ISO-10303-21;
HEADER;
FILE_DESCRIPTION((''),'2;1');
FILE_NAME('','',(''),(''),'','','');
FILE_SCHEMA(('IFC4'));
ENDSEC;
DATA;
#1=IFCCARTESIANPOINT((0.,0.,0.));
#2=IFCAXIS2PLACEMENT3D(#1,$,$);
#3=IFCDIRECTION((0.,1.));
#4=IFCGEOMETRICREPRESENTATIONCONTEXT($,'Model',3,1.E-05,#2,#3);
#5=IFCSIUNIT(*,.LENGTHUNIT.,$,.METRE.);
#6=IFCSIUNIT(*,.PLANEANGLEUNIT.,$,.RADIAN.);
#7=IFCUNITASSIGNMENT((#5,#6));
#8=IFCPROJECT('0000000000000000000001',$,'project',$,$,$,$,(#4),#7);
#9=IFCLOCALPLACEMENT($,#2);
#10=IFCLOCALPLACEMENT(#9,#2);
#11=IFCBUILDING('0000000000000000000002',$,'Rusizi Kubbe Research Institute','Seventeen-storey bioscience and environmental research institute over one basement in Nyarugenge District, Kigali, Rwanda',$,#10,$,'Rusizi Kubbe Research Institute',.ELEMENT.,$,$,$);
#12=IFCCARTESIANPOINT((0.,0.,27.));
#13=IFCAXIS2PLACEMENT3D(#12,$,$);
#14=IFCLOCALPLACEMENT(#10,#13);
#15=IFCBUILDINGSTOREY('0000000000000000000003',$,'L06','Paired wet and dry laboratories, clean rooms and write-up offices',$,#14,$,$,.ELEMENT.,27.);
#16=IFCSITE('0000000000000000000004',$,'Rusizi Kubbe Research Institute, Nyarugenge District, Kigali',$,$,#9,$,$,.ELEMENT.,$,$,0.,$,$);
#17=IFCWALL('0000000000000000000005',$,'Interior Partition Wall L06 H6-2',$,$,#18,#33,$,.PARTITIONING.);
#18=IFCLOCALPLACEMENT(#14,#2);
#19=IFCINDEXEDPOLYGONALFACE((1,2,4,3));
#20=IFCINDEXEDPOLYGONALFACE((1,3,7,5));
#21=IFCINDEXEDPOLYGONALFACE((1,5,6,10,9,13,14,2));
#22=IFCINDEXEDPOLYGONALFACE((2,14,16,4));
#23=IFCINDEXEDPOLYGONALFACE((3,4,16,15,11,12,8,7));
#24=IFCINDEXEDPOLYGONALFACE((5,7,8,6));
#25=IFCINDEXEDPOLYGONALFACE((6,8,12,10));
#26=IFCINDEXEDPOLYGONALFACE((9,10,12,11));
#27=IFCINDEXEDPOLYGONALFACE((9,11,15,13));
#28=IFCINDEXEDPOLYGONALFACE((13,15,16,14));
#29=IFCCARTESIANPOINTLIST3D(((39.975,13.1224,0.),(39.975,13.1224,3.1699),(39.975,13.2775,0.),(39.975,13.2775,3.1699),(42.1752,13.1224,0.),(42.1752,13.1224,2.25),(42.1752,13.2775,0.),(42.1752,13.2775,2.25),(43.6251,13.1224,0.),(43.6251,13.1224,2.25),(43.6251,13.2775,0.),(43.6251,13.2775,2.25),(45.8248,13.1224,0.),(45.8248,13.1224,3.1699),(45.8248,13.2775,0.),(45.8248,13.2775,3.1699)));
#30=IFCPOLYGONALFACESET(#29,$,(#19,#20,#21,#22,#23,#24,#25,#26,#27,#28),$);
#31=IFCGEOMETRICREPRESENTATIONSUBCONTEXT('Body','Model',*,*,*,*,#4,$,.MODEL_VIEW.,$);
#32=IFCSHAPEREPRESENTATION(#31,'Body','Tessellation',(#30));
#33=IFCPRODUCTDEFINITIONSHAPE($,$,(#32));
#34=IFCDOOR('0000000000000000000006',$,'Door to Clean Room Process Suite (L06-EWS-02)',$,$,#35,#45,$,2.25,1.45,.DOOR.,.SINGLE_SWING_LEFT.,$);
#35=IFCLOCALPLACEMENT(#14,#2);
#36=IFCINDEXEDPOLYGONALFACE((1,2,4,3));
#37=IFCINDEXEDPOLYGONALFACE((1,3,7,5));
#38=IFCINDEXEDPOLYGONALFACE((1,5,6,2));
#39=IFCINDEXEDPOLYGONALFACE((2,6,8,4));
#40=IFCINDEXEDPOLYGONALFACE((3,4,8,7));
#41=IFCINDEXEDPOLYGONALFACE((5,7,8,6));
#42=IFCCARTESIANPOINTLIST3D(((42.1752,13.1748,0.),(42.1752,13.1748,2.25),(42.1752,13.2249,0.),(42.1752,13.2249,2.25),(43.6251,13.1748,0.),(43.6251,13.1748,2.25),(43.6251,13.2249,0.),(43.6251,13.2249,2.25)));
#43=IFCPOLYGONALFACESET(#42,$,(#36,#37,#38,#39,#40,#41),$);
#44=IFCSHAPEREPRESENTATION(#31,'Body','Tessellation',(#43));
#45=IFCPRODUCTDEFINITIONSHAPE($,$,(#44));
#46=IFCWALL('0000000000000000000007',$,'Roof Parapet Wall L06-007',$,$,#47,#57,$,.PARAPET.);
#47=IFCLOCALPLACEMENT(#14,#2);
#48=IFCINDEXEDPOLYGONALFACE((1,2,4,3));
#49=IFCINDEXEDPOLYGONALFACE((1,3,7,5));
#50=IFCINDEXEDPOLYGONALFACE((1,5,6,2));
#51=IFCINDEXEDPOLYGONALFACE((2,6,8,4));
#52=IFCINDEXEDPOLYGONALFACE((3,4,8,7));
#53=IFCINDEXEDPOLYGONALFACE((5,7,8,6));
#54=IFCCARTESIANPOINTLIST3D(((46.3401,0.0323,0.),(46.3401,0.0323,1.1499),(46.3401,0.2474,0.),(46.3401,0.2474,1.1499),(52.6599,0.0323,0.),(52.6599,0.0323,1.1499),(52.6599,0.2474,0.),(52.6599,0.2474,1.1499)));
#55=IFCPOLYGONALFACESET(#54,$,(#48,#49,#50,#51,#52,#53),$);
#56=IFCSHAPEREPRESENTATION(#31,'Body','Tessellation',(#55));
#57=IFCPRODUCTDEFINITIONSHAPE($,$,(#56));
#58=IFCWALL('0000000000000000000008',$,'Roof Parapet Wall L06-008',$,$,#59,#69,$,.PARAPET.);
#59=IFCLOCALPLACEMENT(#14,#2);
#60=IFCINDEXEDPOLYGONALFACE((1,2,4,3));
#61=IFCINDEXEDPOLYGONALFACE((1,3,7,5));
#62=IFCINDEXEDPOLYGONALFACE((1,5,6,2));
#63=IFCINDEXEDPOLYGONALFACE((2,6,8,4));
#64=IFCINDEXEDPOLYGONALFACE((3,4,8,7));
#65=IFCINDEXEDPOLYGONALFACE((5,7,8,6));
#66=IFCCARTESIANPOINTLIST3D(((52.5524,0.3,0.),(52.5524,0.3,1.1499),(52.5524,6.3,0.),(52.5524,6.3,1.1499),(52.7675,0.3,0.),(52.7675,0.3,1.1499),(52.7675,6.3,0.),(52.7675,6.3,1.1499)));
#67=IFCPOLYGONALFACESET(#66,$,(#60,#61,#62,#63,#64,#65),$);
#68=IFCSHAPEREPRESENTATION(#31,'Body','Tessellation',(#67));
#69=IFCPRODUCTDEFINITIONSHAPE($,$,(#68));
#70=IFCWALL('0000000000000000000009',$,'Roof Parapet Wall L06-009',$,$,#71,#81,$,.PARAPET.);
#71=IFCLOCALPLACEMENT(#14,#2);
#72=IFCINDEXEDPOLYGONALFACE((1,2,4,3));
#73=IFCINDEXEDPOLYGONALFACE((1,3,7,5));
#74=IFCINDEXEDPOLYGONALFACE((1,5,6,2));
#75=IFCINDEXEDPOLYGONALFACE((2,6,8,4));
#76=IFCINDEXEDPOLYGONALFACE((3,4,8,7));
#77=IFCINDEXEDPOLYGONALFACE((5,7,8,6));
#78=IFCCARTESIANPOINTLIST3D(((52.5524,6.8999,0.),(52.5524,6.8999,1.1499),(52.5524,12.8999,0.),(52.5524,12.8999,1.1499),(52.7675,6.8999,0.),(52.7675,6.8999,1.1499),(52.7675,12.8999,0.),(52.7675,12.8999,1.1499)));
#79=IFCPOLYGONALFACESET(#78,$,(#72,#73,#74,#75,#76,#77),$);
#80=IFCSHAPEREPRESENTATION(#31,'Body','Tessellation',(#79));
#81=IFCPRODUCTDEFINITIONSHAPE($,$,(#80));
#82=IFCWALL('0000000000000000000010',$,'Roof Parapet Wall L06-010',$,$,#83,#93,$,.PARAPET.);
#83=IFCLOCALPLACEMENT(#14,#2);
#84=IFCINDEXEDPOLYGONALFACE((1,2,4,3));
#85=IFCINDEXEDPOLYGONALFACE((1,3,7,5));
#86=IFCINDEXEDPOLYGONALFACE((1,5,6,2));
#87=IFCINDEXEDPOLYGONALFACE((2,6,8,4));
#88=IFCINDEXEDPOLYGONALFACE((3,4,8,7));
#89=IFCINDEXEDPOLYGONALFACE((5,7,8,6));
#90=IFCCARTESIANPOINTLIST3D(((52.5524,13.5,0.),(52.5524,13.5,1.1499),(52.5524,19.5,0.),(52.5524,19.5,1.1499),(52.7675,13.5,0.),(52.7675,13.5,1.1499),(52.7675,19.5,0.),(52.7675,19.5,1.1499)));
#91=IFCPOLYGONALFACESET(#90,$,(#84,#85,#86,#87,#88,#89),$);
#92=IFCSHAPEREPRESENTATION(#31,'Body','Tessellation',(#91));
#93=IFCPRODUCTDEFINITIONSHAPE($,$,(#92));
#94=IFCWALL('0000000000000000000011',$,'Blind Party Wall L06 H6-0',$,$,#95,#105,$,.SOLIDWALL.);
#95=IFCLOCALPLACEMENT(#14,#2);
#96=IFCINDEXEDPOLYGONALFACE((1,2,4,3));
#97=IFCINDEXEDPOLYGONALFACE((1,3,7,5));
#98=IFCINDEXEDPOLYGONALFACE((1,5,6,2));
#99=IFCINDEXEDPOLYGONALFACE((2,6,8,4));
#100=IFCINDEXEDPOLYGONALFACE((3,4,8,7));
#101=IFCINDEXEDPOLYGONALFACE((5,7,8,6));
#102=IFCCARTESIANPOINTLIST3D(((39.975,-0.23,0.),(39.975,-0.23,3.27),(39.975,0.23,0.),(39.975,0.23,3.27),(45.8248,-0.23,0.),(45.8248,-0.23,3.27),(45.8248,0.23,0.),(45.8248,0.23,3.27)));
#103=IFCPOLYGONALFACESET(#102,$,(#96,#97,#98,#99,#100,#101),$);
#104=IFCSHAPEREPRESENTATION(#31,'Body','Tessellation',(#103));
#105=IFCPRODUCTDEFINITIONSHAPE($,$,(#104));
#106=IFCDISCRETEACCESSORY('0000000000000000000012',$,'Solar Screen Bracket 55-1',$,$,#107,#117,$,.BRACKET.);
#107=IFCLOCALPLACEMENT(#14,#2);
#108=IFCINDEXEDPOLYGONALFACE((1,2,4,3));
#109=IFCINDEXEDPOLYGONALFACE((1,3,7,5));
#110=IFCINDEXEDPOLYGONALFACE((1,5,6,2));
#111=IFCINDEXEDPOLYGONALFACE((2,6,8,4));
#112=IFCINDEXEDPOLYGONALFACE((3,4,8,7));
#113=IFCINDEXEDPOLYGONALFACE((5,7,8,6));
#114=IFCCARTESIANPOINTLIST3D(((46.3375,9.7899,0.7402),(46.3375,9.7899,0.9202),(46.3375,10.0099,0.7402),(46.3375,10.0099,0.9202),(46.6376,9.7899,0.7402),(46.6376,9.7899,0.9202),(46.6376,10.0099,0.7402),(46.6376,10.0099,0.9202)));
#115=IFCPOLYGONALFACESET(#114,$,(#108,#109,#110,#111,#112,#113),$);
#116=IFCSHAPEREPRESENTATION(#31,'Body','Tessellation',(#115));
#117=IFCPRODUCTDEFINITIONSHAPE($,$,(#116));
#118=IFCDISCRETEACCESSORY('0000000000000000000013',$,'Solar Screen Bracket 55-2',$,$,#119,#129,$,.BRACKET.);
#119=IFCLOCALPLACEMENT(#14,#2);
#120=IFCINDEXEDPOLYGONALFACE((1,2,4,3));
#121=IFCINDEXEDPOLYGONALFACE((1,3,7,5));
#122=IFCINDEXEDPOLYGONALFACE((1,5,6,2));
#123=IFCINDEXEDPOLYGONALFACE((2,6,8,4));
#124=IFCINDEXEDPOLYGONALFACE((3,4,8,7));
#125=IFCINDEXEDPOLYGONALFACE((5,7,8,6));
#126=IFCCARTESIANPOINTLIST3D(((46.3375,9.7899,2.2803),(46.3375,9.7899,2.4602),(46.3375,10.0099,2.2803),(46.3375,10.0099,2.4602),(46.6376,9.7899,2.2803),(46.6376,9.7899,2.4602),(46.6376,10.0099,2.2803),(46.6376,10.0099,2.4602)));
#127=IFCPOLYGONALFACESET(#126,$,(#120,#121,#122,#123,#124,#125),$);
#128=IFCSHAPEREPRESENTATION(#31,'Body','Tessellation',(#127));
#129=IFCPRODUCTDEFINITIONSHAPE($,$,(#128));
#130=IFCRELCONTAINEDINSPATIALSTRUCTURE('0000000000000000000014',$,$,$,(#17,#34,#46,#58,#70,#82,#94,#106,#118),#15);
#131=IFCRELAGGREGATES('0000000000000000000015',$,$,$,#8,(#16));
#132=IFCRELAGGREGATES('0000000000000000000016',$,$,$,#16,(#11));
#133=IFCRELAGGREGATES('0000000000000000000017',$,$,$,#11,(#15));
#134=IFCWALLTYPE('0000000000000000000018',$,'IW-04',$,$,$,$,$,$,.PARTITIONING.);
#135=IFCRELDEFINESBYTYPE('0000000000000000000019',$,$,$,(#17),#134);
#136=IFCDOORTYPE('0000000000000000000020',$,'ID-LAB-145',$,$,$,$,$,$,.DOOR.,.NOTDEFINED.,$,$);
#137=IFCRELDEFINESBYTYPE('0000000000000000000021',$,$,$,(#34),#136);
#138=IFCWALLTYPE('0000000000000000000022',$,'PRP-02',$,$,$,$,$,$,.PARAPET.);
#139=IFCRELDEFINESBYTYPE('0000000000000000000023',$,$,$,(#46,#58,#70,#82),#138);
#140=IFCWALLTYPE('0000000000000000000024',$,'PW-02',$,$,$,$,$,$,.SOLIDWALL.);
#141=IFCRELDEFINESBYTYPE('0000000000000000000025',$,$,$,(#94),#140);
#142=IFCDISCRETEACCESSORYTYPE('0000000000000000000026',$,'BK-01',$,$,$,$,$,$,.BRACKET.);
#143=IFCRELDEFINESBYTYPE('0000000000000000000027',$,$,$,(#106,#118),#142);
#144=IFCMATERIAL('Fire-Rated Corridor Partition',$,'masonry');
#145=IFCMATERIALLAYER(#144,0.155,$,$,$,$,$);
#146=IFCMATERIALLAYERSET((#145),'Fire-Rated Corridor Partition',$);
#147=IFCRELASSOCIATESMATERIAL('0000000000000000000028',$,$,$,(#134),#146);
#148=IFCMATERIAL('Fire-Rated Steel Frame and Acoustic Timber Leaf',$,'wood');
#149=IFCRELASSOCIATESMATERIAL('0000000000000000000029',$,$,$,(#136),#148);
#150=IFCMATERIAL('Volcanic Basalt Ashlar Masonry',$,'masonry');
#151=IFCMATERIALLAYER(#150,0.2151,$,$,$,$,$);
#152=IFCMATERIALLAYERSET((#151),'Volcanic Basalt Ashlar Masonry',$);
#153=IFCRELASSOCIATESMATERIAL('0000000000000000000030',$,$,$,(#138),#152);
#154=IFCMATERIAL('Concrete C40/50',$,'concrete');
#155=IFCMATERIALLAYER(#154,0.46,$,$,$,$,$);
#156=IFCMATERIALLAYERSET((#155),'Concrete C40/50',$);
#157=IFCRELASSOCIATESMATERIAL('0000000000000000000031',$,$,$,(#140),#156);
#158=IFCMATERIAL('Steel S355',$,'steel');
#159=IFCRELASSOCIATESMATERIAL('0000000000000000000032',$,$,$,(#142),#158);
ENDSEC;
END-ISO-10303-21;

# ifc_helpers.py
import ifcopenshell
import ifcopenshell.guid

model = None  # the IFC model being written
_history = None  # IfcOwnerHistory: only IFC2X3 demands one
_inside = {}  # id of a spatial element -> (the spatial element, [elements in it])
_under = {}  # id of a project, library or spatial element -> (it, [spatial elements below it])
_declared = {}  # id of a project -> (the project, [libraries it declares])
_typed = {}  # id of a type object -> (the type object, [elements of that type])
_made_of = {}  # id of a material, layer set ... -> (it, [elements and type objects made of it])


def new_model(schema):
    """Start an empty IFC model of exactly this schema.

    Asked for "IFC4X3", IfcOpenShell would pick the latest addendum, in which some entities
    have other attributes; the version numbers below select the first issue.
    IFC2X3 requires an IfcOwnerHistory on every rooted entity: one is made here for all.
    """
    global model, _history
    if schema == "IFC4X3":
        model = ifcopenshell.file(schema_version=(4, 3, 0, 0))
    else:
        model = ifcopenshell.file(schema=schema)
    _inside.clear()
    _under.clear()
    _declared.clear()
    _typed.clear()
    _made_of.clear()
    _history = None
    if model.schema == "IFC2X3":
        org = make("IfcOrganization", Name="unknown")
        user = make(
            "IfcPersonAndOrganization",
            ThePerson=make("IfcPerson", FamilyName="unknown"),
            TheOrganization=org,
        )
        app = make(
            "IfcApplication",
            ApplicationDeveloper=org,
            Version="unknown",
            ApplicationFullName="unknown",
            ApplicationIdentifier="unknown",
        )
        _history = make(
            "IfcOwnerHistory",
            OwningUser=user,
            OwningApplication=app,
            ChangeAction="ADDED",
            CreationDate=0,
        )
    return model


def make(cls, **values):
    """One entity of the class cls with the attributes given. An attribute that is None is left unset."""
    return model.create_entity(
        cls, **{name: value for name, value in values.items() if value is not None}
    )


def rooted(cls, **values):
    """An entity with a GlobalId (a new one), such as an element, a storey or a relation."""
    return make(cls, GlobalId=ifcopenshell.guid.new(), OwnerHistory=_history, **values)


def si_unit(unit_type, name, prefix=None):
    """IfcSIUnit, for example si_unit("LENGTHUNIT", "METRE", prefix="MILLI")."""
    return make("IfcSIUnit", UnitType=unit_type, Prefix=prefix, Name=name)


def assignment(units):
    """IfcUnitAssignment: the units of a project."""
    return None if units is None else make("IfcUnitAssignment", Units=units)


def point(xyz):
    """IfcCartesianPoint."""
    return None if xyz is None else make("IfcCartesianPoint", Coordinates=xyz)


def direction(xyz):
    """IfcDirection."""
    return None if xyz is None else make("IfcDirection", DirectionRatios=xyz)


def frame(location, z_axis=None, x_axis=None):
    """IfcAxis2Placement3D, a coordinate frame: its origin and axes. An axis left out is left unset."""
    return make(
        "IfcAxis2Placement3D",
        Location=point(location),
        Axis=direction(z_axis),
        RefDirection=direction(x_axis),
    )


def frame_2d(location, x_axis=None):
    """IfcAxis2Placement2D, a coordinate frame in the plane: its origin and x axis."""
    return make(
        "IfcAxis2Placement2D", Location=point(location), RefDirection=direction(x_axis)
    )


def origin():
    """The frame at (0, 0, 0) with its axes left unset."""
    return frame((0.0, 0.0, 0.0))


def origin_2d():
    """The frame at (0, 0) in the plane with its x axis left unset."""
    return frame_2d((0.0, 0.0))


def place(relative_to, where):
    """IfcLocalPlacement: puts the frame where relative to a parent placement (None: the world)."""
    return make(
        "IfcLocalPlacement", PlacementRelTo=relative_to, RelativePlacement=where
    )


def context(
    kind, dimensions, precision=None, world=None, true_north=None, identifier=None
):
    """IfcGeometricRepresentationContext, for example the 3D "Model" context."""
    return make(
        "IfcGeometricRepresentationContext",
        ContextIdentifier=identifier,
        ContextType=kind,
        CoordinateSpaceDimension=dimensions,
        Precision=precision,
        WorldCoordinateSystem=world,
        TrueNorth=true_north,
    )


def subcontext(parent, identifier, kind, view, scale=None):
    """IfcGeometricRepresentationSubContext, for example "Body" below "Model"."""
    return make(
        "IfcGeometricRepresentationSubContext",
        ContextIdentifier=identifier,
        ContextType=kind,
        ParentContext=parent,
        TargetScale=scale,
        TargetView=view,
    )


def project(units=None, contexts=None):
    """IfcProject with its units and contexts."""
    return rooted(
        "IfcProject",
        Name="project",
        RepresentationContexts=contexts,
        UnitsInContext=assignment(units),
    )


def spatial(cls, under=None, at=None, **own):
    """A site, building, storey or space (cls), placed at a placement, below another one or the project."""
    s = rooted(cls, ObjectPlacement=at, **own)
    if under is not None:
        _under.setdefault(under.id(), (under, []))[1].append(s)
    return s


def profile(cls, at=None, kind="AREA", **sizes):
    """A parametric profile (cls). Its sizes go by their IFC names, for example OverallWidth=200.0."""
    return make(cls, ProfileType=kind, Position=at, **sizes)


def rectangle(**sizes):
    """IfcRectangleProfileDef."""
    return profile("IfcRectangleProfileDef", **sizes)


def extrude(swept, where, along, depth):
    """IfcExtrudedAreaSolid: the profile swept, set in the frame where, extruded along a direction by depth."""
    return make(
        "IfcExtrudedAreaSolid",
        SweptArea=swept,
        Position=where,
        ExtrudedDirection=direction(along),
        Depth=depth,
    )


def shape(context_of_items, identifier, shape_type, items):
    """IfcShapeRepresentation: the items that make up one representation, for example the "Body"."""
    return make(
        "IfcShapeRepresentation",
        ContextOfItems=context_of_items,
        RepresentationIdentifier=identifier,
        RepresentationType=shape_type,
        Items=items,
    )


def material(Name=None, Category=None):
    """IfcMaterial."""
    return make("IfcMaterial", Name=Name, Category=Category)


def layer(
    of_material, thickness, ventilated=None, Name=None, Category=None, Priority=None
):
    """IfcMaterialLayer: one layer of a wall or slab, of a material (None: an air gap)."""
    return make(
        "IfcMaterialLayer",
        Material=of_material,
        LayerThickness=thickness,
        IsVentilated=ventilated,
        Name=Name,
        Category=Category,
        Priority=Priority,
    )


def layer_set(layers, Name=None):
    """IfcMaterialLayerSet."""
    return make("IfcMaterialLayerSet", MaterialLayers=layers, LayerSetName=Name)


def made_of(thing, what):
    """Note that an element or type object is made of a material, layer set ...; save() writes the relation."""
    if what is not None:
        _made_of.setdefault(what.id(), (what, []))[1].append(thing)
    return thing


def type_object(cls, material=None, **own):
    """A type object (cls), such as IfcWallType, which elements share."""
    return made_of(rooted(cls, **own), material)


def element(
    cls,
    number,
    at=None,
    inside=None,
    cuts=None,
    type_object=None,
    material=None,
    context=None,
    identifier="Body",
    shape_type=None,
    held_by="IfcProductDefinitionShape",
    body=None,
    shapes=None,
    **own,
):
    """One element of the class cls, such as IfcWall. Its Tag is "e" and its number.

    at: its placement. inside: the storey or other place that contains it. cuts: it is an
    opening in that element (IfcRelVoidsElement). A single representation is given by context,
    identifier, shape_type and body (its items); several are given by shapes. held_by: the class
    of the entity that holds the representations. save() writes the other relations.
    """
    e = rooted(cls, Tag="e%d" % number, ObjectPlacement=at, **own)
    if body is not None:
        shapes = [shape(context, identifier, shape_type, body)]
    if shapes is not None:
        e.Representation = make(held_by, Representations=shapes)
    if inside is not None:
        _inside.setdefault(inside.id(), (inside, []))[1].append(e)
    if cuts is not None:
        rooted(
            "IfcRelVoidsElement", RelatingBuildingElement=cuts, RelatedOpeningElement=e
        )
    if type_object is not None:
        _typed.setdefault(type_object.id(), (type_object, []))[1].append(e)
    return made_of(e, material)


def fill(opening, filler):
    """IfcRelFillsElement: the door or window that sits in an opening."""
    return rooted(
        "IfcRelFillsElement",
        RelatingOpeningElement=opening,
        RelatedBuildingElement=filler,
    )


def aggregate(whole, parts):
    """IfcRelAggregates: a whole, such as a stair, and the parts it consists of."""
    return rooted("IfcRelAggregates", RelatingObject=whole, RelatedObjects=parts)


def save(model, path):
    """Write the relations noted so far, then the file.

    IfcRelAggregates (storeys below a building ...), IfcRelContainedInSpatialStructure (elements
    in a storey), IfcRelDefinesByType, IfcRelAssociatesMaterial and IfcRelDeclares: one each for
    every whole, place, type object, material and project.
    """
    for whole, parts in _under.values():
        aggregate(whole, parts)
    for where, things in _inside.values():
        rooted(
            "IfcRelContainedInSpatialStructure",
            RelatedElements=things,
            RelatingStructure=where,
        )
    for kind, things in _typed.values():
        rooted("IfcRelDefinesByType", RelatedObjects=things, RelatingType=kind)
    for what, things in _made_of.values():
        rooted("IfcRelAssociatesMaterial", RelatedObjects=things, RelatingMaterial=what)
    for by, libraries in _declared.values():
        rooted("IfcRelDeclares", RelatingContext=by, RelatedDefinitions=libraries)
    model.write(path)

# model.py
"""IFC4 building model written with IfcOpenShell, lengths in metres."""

from ifc_helpers import new_model, si_unit, direction, frame, frame_2d, origin, origin_2d, place, context, subcontext, project, spatial, rectangle, extrude, material, layer, layer_set, type_object, element, fill, save


model = new_model("IFC4")

# Units and contexts
model_context = context("Model", 3, precision=1e-05, world=origin(), true_north=direction((0.0, 1.0)))
body_context = subcontext(model_context, "Body", "Model", "MODEL_VIEW")
ifc_project = project(units=[si_unit("LENGTHUNIT", "METRE"), si_unit("PLANEANGLEUNIT", "RADIAN")], contexts=[model_context])

# Site, building, storey
site_placement = place(None, origin())
site = spatial("IfcSite", under=ifc_project, at=site_placement, Name="Rusizi Kubbe Research Institute, Nyarugenge District, Kigali", CompositionType="ELEMENT", RefElevation=0.0)
building_placement = place(site_placement, origin())
building = spatial("IfcBuilding", under=site, at=building_placement, Name="Rusizi Kubbe Research Institute", Description="Seventeen-storey bioscience and environmental research institute over one basement in Nyarugenge District, Kigali, Rwanda", LongName="Rusizi Kubbe Research Institute", CompositionType="ELEMENT")
storey_placement = place(building_placement, frame((0.0, 0.0, 27.0)))
storey = spatial("IfcBuildingStorey", under=building, at=storey_placement, Name="L06", Description="Paired wet and dry laboratories, clean rooms and write-up offices", CompositionType="ELEMENT", Elevation=27.0)

# Wall, opening, door
ifc_material_1 = material(Name="Fire-Rated Corridor Partition", Category="masonry")
ifc_layer_1 = layer(ifc_material_1, 0.155)
ifc_layer_set_1 = layer_set([ifc_layer_1], Name="Fire-Rated Corridor Partition")
wall_type_1 = type_object("IfcWallType", Name="IW-04", PredefinedType="PARTITIONING", material=ifc_layer_set_1)
wall_1_placement = place(storey_placement, frame((39.9751, 13.2, 0.0), z_axis=(0.0, 0.0, 1.0), x_axis=(1.0, 0.0, 0.0)))
wall_1 = element("IfcWall", 1, at=wall_1_placement, inside=storey, type_object=wall_type_1, Name="Interior Partition Wall L06 H6-2", PredefinedType="PARTITIONING", context=body_context, shape_type="SweptSolid", body=[
    extrude(rectangle(XDim=5.8499, YDim=0.155, at=frame_2d((2.9248, 0.0))), origin(), (0.0, 0.0, 1.0), 3.1699),
])
opening_1_placement = place(wall_1_placement, frame((2.2, 0.0, 0.0)))
opening_1 = element("IfcOpeningElement", 2, at=opening_1_placement, cuts=wall_1, PredefinedType="OPENING", context=body_context, shape_type="SweptSolid", body=[
    extrude(rectangle(XDim=1.45, YDim=2.25, at=frame_2d((0.7251, 1.125))), frame((0.0, 0.0874, 0.0), z_axis=(0.0, -1.0, 0.0), x_axis=(1.0, 0.0, 0.0)), (0.0, 0.0, 1.0), 0.175),
])
ifc_material_2 = material(Name="Fire-Rated Steel Frame and Acoustic Timber Leaf", Category="wood")
door_type = type_object("IfcDoorType", Name="ID-LAB-145", OperationType="NOTDEFINED", PredefinedType="DOOR", material=ifc_material_2)
door_placement = place(opening_1_placement, origin())
door = element("IfcDoor", 3, at=door_placement, inside=storey, type_object=door_type, Name="Door to Clean Room Process Suite (L06-EWS-02)", OperationType="SINGLE_SWING_LEFT", OverallHeight=2.25, OverallWidth=1.45, PredefinedType="DOOR", context=body_context, shape_type="SweptSolid", body=[
    extrude(rectangle(XDim=1.45, YDim=2.25, at=frame_2d((0.7251, 1.125))), frame((0.0, 0.0249, 0.0), z_axis=(0.0, -1.0, 0.0), x_axis=(1.0, 0.0, 0.0)), (0.0, 0.0, 1.0), 0.05),
])
fill(opening_1, door)

# Walls
ifc_material_3 = material(Name="Volcanic Basalt Ashlar Masonry", Category="masonry")
ifc_layer_2 = layer(ifc_material_3, 0.2151)
ifc_layer_set_2 = layer_set([ifc_layer_2], Name="Volcanic Basalt Ashlar Masonry")
wall_type_2 = type_object("IfcWallType", Name="PRP-02", PredefinedType="PARAPET", material=ifc_layer_set_2)
wall_2_placement = place(storey_placement, frame((46.3401, 0.1399, 0.0), z_axis=(0.0, 0.0, 1.0), x_axis=(1.0, 0.0, 0.0)))
element("IfcWall", 4, at=wall_2_placement, inside=storey, type_object=wall_type_2, Name="Roof Parapet Wall L06-007", PredefinedType="PARAPET", context=body_context, shape_type="SweptSolid", body=[
    extrude(rectangle(XDim=6.3198, YDim=0.2151, at=frame_2d((3.1599, 0.0))), origin(), (0.0, 0.0, 1.0), 1.1499),
])
for number, where, z_axis, x_axis, name in (
    (5, (52.6599, 0.3, 0.0), (0.0, 0.0, 1.0), (0.0, 1.0, 0.0), "Roof Parapet Wall L06-008"),
    (6, (52.6599, 6.8999, 0.0), (0.0, 0.0, 1.0), (0.0, 1.0, 0.0), "Roof Parapet Wall L06-009"),
    (7, (52.6599, 13.5, 0.0), (0.0, 0.0, 1.0), (0.0, 1.0, 0.0), "Roof Parapet Wall L06-010"),
):
    element("IfcWall", number, at=place(storey_placement, frame(where, z_axis=z_axis, x_axis=x_axis)), inside=storey, type_object=wall_type_2, Name=name, PredefinedType="PARAPET", context=body_context, shape_type="SweptSolid", body=[
        extrude(rectangle(XDim=6.0, YDim=0.2151, at=frame_2d((3.0, 0.0))), origin(), (0.0, 0.0, 1.0), 1.1499),
    ])
ifc_material_4 = material(Name="Concrete C40/50", Category="concrete")
ifc_layer_3 = layer(ifc_material_4, 0.46)
ifc_layer_set_3 = layer_set([ifc_layer_3], Name="Concrete C40/50")
wall_type_3 = type_object("IfcWallType", Name="PW-02", PredefinedType="SOLIDWALL", material=ifc_layer_set_3)
wall_3_placement = place(storey_placement, frame((39.9751, 0.0, 0.0), z_axis=(0.0, 0.0, 1.0), x_axis=(1.0, 0.0, 0.0)))
element("IfcWall", 8, at=wall_3_placement, inside=storey, type_object=wall_type_3, Name="Blind Party Wall L06 H6-0", PredefinedType="SOLIDWALL", context=body_context, shape_type="SweptSolid", body=[
    extrude(rectangle(XDim=5.8499, YDim=0.46, at=frame_2d((2.9248, 0.0))), origin(), (0.0, 0.0, 1.0), 3.27),
])

# Discrete accessories
ifc_material_5 = material(Name="Steel S355", Category="steel")
discrete_accessory_type = type_object("IfcDiscreteAccessoryType", Name="BK-01", PredefinedType="BRACKET", material=ifc_material_5)
for number, where, z_axis, x_axis, name in (
    (9, (46.4875, 9.8999, 0.7402), (0.0, 0.0, 1.0), (1.0, 0.0, 0.0), "Solar Screen Bracket 55-1"),
    (10, (46.4875, 9.8999, 2.2803), (0.0, 0.0, 1.0), (1.0, 0.0, 0.0), "Solar Screen Bracket 55-2"),
):
    element("IfcDiscreteAccessory", number, at=place(storey_placement, frame(where, z_axis=z_axis, x_axis=x_axis)), inside=storey, type_object=discrete_accessory_type, Name=name, PredefinedType="BRACKET", context=body_context, shape_type="SweptSolid", body=[
        extrude(rectangle(XDim=0.3, YDim=0.22, at=origin_2d()), origin(), (0.0, 0.0, 1.0), 0.1799),
    ])

save(model, "model.ifc")
